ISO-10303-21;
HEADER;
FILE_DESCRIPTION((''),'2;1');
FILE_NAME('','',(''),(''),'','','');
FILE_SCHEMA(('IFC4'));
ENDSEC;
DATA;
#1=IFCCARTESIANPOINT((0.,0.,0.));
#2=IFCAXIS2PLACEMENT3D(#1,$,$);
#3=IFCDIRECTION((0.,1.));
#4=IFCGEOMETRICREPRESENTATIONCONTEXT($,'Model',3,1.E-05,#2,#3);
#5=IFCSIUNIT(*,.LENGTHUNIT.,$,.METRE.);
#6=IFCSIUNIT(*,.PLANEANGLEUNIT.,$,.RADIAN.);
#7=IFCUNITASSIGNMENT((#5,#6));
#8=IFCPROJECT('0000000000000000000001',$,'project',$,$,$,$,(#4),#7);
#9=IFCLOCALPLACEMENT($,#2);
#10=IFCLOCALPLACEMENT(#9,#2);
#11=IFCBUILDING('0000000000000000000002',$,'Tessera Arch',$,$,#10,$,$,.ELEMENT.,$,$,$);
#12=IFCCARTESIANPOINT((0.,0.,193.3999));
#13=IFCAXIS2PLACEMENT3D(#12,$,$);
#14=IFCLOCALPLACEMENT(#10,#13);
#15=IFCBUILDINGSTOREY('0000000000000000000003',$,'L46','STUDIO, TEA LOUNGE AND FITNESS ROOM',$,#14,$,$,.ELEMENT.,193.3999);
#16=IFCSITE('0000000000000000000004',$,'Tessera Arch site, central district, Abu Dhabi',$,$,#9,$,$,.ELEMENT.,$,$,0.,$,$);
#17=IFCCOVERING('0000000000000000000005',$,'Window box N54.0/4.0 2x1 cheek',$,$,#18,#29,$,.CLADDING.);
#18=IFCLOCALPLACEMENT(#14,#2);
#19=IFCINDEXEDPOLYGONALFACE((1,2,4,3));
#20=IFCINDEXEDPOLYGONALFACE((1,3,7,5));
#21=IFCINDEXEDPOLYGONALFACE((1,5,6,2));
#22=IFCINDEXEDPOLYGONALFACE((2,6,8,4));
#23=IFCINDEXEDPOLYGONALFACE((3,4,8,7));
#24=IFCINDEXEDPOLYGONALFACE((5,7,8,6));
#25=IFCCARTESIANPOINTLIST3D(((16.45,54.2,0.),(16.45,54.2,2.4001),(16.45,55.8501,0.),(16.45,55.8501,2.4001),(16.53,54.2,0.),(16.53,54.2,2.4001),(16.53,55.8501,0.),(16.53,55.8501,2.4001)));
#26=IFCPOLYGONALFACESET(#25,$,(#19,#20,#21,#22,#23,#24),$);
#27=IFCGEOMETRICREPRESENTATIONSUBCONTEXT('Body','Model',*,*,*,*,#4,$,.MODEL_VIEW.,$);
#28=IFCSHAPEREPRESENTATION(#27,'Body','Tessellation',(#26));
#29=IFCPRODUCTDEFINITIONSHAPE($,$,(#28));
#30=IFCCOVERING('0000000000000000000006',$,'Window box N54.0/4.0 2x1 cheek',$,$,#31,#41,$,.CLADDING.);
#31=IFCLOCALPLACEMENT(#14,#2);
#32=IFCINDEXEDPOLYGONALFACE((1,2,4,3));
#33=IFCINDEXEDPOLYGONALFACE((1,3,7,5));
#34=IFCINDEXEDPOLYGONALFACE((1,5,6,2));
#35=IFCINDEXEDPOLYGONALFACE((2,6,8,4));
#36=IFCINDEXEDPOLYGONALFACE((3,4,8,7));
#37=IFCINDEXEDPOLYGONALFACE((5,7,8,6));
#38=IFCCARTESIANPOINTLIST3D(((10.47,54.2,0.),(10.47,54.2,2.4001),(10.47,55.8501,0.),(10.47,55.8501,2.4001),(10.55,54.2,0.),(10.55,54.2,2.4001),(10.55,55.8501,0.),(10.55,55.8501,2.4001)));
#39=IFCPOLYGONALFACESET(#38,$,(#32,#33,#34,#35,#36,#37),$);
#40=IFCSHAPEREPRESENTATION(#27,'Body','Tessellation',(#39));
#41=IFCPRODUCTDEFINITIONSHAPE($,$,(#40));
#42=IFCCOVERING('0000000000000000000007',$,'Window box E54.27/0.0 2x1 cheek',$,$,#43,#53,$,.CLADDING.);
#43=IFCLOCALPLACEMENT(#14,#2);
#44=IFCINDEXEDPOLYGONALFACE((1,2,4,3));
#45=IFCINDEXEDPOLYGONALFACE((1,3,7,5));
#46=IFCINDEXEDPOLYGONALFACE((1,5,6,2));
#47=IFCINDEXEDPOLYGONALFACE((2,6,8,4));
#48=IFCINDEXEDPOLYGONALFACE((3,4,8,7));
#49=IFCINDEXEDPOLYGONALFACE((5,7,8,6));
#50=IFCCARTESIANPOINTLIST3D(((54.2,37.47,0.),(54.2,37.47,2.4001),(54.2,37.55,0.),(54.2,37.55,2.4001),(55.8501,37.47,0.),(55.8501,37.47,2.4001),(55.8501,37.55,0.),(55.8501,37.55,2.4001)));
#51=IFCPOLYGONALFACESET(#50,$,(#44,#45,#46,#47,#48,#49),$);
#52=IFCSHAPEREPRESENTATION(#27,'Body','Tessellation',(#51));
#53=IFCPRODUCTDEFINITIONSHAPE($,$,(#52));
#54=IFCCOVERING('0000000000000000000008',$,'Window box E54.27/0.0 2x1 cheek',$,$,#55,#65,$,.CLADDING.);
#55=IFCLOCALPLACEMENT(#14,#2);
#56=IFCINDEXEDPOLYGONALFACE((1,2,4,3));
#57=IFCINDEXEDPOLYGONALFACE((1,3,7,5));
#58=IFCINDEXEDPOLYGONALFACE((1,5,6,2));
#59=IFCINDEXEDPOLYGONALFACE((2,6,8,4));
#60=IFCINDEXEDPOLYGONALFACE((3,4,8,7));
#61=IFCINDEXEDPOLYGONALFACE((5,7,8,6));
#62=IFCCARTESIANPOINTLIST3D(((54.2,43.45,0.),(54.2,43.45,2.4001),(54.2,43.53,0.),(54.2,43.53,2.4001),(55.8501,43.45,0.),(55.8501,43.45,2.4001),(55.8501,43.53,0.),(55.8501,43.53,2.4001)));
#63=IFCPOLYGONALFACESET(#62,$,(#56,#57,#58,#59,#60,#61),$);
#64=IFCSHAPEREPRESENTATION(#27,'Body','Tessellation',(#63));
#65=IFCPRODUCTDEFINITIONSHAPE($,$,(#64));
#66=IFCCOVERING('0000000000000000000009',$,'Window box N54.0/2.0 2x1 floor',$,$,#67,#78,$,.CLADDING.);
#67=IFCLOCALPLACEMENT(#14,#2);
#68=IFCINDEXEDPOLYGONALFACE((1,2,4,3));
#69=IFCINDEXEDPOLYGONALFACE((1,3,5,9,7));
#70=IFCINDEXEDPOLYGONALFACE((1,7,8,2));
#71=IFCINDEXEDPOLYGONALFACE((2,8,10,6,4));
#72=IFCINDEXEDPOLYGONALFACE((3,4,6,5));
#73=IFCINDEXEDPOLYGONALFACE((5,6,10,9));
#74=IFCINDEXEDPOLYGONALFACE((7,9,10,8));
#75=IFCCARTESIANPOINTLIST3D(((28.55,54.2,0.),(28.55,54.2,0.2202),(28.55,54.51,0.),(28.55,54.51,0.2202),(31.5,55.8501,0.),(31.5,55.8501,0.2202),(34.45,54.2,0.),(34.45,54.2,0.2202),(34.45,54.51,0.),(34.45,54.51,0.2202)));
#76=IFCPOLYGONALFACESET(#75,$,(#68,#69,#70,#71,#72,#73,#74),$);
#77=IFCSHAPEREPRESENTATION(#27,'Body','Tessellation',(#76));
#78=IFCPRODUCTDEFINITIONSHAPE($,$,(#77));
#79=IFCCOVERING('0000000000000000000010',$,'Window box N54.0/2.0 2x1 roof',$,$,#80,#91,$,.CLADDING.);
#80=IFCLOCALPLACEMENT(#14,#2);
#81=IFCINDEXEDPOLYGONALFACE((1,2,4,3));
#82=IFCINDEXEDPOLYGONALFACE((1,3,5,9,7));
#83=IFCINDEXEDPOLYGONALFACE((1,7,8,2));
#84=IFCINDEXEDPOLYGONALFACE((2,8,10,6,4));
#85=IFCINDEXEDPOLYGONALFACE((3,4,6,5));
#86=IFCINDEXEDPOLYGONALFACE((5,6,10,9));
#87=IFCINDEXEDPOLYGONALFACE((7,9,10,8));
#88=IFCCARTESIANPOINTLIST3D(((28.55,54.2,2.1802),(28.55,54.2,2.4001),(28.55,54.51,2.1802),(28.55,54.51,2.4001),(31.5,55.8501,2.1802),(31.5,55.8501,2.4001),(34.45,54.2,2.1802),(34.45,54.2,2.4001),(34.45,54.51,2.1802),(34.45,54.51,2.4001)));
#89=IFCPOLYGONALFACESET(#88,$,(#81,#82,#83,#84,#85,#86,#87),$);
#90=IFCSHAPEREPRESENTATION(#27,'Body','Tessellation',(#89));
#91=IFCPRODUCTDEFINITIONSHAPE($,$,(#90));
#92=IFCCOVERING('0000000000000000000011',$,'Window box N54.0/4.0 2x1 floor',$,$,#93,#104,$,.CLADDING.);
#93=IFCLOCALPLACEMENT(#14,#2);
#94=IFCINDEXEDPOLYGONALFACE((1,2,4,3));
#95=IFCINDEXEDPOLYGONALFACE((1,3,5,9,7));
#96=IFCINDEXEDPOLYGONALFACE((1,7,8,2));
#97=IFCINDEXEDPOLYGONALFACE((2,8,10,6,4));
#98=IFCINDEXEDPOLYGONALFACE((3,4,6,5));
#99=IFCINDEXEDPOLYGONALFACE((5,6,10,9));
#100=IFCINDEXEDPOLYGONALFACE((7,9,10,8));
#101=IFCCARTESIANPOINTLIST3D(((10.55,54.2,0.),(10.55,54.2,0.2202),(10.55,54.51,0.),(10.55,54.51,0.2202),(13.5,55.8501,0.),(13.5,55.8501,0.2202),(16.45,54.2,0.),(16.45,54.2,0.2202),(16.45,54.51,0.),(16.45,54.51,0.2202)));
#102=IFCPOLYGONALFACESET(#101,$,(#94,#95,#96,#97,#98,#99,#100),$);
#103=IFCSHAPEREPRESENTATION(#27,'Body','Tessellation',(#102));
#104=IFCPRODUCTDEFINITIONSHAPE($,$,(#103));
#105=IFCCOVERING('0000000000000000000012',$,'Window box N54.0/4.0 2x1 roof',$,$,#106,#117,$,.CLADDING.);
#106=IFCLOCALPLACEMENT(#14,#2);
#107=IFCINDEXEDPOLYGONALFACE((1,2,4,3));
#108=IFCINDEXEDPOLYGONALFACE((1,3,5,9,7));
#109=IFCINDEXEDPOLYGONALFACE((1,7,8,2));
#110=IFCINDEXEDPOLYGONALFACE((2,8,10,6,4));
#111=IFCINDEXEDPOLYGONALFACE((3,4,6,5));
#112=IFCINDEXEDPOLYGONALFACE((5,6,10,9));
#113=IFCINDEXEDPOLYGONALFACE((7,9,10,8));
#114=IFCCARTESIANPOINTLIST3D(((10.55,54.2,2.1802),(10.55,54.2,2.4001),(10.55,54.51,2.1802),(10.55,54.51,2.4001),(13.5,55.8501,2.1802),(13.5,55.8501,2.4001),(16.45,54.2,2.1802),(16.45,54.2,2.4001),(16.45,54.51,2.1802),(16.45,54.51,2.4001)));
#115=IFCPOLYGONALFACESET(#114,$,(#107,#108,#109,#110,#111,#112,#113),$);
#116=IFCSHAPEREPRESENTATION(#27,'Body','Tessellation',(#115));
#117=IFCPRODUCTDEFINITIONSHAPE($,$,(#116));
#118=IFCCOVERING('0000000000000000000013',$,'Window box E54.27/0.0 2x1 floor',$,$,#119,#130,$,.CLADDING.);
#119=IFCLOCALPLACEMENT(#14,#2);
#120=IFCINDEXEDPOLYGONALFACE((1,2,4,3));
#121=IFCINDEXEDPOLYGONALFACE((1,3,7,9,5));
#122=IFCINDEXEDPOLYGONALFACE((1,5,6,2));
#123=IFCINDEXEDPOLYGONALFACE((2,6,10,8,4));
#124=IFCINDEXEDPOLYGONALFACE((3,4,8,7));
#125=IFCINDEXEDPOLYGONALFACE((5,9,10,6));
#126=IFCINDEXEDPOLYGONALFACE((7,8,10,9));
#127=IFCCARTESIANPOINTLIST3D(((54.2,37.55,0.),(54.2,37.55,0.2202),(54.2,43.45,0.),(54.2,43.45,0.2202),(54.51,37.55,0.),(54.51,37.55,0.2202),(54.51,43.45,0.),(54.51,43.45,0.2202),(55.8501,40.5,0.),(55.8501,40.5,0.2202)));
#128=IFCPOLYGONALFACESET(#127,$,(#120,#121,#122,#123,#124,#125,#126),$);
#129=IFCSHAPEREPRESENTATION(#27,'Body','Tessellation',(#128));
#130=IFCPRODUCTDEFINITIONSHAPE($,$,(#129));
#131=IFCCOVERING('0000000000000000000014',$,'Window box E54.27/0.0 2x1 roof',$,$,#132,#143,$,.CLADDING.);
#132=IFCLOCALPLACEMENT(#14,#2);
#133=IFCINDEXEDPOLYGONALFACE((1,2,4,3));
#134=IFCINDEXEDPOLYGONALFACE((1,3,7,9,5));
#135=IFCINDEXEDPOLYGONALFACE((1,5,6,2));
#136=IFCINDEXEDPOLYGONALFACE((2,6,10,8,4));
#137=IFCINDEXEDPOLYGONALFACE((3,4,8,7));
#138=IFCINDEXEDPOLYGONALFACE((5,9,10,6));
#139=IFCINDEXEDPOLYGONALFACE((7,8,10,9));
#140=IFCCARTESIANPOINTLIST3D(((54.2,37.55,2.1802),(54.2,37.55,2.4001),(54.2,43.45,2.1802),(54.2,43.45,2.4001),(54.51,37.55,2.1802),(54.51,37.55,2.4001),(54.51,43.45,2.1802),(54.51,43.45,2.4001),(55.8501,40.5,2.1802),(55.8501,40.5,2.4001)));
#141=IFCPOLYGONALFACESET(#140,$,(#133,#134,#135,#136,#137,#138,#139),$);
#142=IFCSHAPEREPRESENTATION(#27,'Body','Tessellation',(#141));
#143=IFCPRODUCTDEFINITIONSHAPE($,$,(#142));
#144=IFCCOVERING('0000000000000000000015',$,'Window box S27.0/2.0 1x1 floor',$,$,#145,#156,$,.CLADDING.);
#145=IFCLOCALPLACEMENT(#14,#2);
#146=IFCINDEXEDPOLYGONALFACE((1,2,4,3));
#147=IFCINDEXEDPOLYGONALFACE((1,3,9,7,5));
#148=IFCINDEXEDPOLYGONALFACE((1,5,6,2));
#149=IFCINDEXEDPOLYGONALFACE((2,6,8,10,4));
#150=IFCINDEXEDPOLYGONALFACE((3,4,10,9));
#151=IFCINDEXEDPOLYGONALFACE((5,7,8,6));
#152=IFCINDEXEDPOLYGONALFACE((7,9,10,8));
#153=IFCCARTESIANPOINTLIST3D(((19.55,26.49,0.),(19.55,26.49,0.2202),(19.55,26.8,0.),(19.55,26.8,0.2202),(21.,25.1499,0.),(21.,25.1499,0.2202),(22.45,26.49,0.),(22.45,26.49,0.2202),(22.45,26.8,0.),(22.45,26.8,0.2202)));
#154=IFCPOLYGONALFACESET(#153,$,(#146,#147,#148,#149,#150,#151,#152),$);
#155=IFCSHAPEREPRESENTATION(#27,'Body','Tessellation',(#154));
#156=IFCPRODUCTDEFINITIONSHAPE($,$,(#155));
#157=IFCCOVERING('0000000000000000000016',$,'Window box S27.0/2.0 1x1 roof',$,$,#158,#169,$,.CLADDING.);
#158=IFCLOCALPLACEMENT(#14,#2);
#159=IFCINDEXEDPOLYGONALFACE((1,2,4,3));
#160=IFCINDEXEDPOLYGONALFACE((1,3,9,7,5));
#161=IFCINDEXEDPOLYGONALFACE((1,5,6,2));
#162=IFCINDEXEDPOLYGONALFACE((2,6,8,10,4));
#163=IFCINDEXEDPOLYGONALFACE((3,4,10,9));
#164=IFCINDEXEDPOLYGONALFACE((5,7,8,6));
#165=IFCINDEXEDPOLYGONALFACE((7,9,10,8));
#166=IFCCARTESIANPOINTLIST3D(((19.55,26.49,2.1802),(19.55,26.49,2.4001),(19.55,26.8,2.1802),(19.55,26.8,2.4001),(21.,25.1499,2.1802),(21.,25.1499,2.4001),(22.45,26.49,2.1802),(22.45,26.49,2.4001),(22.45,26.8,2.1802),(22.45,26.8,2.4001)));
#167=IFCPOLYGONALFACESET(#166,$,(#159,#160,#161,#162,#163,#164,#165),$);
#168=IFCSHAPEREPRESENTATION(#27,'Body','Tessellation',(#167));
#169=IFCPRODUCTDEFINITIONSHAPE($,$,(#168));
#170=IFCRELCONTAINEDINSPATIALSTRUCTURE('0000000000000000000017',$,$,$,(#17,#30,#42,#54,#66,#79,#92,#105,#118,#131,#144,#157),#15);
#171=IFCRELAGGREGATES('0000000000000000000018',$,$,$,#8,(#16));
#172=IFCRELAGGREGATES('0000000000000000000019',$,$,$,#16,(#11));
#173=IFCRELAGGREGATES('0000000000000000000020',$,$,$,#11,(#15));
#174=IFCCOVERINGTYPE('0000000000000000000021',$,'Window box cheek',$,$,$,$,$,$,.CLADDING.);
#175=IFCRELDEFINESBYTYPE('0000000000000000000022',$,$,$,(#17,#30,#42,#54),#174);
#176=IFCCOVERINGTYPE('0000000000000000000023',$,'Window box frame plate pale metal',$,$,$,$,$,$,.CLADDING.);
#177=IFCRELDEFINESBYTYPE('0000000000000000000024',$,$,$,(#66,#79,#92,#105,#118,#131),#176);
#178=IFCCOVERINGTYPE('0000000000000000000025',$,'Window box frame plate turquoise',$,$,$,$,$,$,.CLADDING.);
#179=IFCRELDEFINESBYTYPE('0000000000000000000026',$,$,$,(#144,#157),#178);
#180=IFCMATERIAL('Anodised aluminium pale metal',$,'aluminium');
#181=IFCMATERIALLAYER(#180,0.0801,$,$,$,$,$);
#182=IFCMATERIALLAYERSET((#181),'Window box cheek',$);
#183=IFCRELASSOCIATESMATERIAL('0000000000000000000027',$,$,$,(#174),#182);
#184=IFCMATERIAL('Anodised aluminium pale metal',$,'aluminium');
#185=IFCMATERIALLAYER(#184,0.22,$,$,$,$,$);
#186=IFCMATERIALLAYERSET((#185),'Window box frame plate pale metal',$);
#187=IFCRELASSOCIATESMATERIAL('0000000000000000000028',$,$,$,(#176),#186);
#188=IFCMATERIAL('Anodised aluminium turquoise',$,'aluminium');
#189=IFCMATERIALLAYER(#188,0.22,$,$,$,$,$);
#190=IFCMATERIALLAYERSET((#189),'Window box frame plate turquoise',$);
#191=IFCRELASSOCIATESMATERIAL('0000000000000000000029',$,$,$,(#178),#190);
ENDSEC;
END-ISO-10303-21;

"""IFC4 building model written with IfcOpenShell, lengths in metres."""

from ifc_helpers import new_model, si_unit, direction, frame, origin, place, context, subcontext, project, spatial, polyline, outline, extrude, material, layer, layer_set, type_object, element, save


model = new_model("IFC4")

# Units and contexts
model_context = context("Model", 3, precision=1e-05, world=origin(), true_north=direction((0.0, 1.0)))
body_context = subcontext(model_context, "Body", "Model", "MODEL_VIEW")
ifc_project = project(units=[si_unit("LENGTHUNIT", "METRE"), si_unit("PLANEANGLEUNIT", "RADIAN")], contexts=[model_context])

# Site, building, storey
site_placement = place(None, origin())
site = spatial("IfcSite", under=ifc_project, at=site_placement, Name="Tessera Arch site, central district, Abu Dhabi", CompositionType="ELEMENT", RefElevation=0.0)
building_placement = place(site_placement, origin())
building = spatial("IfcBuilding", under=site, at=building_placement, Name="Tessera Arch", CompositionType="ELEMENT")
storey_placement = place(building_placement, frame((0.0, 0.0, 193.3999)))
storey = spatial("IfcBuildingStorey", under=building, at=storey_placement, Name="L46", Description="STUDIO, TEA LOUNGE AND FITNESS ROOM", CompositionType="ELEMENT", Elevation=193.3999)

# Coverings
ifc_material_1 = material(Name="Anodised aluminium pale metal", Category="aluminium")
ifc_layer_1 = layer(ifc_material_1, 0.0801)
ifc_layer_set_1 = layer_set([ifc_layer_1], Name="Window box cheek")
covering_type_1 = type_object("IfcCoveringType", Name="Window box cheek", PredefinedType="CLADDING", material=ifc_layer_set_1)
covering_1_placement = place(storey_placement, origin())
element("IfcCovering", 1, at=covering_1_placement, inside=storey, type_object=covering_type_1, Name="Window box N54.0/4.0 2x1 cheek", PredefinedType="CLADDING", context=body_context, shape_type="SweptSolid", body=[
    extrude(outline(polyline([(16.53, 55.8501), (16.45, 55.8501), (16.45, 54.2), (16.53, 54.2), (16.53, 55.8501)])), origin(), (0.0, 0.0, 1.0), 2.4001),
])
covering_2_placement = place(storey_placement, origin())
element("IfcCovering", 2, at=covering_2_placement, inside=storey, type_object=covering_type_1, Name="Window box N54.0/4.0 2x1 cheek", PredefinedType="CLADDING", context=body_context, shape_type="SweptSolid", body=[
    extrude(outline(polyline([(10.55, 55.8501), (10.47, 55.8501), (10.47, 54.2), (10.55, 54.2), (10.55, 55.8501)])), origin(), (0.0, 0.0, 1.0), 2.4001),
])
covering_3_placement = place(storey_placement, origin())
element("IfcCovering", 3, at=covering_3_placement, inside=storey, type_object=covering_type_1, Name="Window box E54.27/0.0 2x1 cheek", PredefinedType="CLADDING", context=body_context, shape_type="SweptSolid", body=[
    extrude(outline(polyline([(55.8501, 37.47), (55.8501, 37.55), (54.2, 37.55), (54.2, 37.47), (55.8501, 37.47)])), origin(), (0.0, 0.0, 1.0), 2.4001),
])
covering_4_placement = place(storey_placement, origin())
element("IfcCovering", 4, at=covering_4_placement, inside=storey, type_object=covering_type_1, Name="Window box E54.27/0.0 2x1 cheek", PredefinedType="CLADDING", context=body_context, shape_type="SweptSolid", body=[
    extrude(outline(polyline([(55.8501, 43.45), (55.8501, 43.53), (54.2, 43.53), (54.2, 43.45), (55.8501, 43.45)])), origin(), (0.0, 0.0, 1.0), 2.4001),
])
ifc_material_2 = material(Name="Anodised aluminium pale metal", Category="aluminium")
ifc_layer_2 = layer(ifc_material_2, 0.22)
ifc_layer_set_2 = layer_set([ifc_layer_2], Name="Window box frame plate pale metal")
covering_type_2 = type_object("IfcCoveringType", Name="Window box frame plate pale metal", PredefinedType="CLADDING", material=ifc_layer_set_2)
covering_5_placement = place(storey_placement, origin())
element("IfcCovering", 5, at=covering_5_placement, inside=storey, type_object=covering_type_2, Name="Window box N54.0/2.0 2x1 floor", PredefinedType="CLADDING", context=body_context, shape_type="SweptSolid", body=[
    extrude(outline(polyline([(34.45, 54.51), (31.5, 55.8501), (28.55, 54.51), (28.55, 54.2), (34.45, 54.2), (34.45, 54.51)])), origin(), (0.0, 0.0, 1.0), 0.2202),
])
covering_6_placement = place(storey_placement, frame((0.0, 0.0, 2.1802)))
element("IfcCovering", 6, at=covering_6_placement, inside=storey, type_object=covering_type_2, Name="Window box N54.0/2.0 2x1 roof", PredefinedType="CLADDING", context=body_context, shape_type="SweptSolid", body=[
    extrude(outline(polyline([(34.45, 54.51), (31.5, 55.8501), (28.55, 54.51), (28.55, 54.2), (34.45, 54.2), (34.45, 54.51)])), origin(), (0.0, 0.0, 1.0), 0.22),
])
covering_7_placement = place(storey_placement, origin())
element("IfcCovering", 7, at=covering_7_placement, inside=storey, type_object=covering_type_2, Name="Window box N54.0/4.0 2x1 floor", PredefinedType="CLADDING", context=body_context, shape_type="SweptSolid", body=[
    extrude(outline(polyline([(16.45, 54.51), (13.5, 55.8501), (10.55, 54.51), (10.55, 54.2), (16.45, 54.2), (16.45, 54.51)])), origin(), (0.0, 0.0, 1.0), 0.2202),
])
covering_8_placement = place(storey_placement, frame((0.0, 0.0, 2.1802)))
element("IfcCovering", 8, at=covering_8_placement, inside=storey, type_object=covering_type_2, Name="Window box N54.0/4.0 2x1 roof", PredefinedType="CLADDING", context=body_context, shape_type="SweptSolid", body=[
    extrude(outline(polyline([(16.45, 54.51), (13.5, 55.8501), (10.55, 54.51), (10.55, 54.2), (16.45, 54.2), (16.45, 54.51)])), origin(), (0.0, 0.0, 1.0), 0.22),
])
covering_9_placement = place(storey_placement, origin())
element("IfcCovering", 9, at=covering_9_placement, inside=storey, type_object=covering_type_2, Name="Window box E54.27/0.0 2x1 floor", PredefinedType="CLADDING", context=body_context, shape_type="SweptSolid", body=[
    extrude(outline(polyline([(54.51, 37.55), (55.8501, 40.5), (54.51, 43.45), (54.2, 43.45), (54.2, 37.55), (54.51, 37.55)])), origin(), (0.0, 0.0, 1.0), 0.2202),
])
covering_10_placement = place(storey_placement, frame((0.0, 0.0, 2.1802)))
element("IfcCovering", 10, at=covering_10_placement, inside=storey, type_object=covering_type_2, Name="Window box E54.27/0.0 2x1 roof", PredefinedType="CLADDING", context=body_context, shape_type="SweptSolid", body=[
    extrude(outline(polyline([(54.51, 37.55), (55.8501, 40.5), (54.51, 43.45), (54.2, 43.45), (54.2, 37.55), (54.51, 37.55)])), origin(), (0.0, 0.0, 1.0), 0.22),
])
ifc_material_3 = material(Name="Anodised aluminium turquoise", Category="aluminium")
ifc_layer_3 = layer(ifc_material_3, 0.22)
ifc_layer_set_3 = layer_set([ifc_layer_3], Name="Window box frame plate turquoise")
covering_type_3 = type_object("IfcCoveringType", Name="Window box frame plate turquoise", PredefinedType="CLADDING", material=ifc_layer_set_3)
covering_11_placement = place(storey_placement, origin())
element("IfcCovering", 11, at=covering_11_placement, inside=storey, type_object=covering_type_3, Name="Window box S27.0/2.0 1x1 floor", PredefinedType="CLADDING", context=body_context, shape_type="SweptSolid", body=[
    extrude(outline(polyline([(19.55, 26.49), (21.0, 25.1499), (22.45, 26.49), (22.45, 26.8), (19.55, 26.8), (19.55, 26.49)])), origin(), (0.0, 0.0, 1.0), 0.2202),
])
covering_12_placement = place(storey_placement, frame((0.0, 0.0, 2.1802)))
element("IfcCovering", 12, at=covering_12_placement, inside=storey, type_object=covering_type_3, Name="Window box S27.0/2.0 1x1 roof", PredefinedType="CLADDING", context=body_context, shape_type="SweptSolid", body=[
    extrude(outline(polyline([(19.55, 26.49), (21.0, 25.1499), (22.45, 26.49), (22.45, 26.8), (19.55, 26.8), (19.55, 26.49)])), origin(), (0.0, 0.0, 1.0), 0.22),
])

save(model, "model.ifc")
